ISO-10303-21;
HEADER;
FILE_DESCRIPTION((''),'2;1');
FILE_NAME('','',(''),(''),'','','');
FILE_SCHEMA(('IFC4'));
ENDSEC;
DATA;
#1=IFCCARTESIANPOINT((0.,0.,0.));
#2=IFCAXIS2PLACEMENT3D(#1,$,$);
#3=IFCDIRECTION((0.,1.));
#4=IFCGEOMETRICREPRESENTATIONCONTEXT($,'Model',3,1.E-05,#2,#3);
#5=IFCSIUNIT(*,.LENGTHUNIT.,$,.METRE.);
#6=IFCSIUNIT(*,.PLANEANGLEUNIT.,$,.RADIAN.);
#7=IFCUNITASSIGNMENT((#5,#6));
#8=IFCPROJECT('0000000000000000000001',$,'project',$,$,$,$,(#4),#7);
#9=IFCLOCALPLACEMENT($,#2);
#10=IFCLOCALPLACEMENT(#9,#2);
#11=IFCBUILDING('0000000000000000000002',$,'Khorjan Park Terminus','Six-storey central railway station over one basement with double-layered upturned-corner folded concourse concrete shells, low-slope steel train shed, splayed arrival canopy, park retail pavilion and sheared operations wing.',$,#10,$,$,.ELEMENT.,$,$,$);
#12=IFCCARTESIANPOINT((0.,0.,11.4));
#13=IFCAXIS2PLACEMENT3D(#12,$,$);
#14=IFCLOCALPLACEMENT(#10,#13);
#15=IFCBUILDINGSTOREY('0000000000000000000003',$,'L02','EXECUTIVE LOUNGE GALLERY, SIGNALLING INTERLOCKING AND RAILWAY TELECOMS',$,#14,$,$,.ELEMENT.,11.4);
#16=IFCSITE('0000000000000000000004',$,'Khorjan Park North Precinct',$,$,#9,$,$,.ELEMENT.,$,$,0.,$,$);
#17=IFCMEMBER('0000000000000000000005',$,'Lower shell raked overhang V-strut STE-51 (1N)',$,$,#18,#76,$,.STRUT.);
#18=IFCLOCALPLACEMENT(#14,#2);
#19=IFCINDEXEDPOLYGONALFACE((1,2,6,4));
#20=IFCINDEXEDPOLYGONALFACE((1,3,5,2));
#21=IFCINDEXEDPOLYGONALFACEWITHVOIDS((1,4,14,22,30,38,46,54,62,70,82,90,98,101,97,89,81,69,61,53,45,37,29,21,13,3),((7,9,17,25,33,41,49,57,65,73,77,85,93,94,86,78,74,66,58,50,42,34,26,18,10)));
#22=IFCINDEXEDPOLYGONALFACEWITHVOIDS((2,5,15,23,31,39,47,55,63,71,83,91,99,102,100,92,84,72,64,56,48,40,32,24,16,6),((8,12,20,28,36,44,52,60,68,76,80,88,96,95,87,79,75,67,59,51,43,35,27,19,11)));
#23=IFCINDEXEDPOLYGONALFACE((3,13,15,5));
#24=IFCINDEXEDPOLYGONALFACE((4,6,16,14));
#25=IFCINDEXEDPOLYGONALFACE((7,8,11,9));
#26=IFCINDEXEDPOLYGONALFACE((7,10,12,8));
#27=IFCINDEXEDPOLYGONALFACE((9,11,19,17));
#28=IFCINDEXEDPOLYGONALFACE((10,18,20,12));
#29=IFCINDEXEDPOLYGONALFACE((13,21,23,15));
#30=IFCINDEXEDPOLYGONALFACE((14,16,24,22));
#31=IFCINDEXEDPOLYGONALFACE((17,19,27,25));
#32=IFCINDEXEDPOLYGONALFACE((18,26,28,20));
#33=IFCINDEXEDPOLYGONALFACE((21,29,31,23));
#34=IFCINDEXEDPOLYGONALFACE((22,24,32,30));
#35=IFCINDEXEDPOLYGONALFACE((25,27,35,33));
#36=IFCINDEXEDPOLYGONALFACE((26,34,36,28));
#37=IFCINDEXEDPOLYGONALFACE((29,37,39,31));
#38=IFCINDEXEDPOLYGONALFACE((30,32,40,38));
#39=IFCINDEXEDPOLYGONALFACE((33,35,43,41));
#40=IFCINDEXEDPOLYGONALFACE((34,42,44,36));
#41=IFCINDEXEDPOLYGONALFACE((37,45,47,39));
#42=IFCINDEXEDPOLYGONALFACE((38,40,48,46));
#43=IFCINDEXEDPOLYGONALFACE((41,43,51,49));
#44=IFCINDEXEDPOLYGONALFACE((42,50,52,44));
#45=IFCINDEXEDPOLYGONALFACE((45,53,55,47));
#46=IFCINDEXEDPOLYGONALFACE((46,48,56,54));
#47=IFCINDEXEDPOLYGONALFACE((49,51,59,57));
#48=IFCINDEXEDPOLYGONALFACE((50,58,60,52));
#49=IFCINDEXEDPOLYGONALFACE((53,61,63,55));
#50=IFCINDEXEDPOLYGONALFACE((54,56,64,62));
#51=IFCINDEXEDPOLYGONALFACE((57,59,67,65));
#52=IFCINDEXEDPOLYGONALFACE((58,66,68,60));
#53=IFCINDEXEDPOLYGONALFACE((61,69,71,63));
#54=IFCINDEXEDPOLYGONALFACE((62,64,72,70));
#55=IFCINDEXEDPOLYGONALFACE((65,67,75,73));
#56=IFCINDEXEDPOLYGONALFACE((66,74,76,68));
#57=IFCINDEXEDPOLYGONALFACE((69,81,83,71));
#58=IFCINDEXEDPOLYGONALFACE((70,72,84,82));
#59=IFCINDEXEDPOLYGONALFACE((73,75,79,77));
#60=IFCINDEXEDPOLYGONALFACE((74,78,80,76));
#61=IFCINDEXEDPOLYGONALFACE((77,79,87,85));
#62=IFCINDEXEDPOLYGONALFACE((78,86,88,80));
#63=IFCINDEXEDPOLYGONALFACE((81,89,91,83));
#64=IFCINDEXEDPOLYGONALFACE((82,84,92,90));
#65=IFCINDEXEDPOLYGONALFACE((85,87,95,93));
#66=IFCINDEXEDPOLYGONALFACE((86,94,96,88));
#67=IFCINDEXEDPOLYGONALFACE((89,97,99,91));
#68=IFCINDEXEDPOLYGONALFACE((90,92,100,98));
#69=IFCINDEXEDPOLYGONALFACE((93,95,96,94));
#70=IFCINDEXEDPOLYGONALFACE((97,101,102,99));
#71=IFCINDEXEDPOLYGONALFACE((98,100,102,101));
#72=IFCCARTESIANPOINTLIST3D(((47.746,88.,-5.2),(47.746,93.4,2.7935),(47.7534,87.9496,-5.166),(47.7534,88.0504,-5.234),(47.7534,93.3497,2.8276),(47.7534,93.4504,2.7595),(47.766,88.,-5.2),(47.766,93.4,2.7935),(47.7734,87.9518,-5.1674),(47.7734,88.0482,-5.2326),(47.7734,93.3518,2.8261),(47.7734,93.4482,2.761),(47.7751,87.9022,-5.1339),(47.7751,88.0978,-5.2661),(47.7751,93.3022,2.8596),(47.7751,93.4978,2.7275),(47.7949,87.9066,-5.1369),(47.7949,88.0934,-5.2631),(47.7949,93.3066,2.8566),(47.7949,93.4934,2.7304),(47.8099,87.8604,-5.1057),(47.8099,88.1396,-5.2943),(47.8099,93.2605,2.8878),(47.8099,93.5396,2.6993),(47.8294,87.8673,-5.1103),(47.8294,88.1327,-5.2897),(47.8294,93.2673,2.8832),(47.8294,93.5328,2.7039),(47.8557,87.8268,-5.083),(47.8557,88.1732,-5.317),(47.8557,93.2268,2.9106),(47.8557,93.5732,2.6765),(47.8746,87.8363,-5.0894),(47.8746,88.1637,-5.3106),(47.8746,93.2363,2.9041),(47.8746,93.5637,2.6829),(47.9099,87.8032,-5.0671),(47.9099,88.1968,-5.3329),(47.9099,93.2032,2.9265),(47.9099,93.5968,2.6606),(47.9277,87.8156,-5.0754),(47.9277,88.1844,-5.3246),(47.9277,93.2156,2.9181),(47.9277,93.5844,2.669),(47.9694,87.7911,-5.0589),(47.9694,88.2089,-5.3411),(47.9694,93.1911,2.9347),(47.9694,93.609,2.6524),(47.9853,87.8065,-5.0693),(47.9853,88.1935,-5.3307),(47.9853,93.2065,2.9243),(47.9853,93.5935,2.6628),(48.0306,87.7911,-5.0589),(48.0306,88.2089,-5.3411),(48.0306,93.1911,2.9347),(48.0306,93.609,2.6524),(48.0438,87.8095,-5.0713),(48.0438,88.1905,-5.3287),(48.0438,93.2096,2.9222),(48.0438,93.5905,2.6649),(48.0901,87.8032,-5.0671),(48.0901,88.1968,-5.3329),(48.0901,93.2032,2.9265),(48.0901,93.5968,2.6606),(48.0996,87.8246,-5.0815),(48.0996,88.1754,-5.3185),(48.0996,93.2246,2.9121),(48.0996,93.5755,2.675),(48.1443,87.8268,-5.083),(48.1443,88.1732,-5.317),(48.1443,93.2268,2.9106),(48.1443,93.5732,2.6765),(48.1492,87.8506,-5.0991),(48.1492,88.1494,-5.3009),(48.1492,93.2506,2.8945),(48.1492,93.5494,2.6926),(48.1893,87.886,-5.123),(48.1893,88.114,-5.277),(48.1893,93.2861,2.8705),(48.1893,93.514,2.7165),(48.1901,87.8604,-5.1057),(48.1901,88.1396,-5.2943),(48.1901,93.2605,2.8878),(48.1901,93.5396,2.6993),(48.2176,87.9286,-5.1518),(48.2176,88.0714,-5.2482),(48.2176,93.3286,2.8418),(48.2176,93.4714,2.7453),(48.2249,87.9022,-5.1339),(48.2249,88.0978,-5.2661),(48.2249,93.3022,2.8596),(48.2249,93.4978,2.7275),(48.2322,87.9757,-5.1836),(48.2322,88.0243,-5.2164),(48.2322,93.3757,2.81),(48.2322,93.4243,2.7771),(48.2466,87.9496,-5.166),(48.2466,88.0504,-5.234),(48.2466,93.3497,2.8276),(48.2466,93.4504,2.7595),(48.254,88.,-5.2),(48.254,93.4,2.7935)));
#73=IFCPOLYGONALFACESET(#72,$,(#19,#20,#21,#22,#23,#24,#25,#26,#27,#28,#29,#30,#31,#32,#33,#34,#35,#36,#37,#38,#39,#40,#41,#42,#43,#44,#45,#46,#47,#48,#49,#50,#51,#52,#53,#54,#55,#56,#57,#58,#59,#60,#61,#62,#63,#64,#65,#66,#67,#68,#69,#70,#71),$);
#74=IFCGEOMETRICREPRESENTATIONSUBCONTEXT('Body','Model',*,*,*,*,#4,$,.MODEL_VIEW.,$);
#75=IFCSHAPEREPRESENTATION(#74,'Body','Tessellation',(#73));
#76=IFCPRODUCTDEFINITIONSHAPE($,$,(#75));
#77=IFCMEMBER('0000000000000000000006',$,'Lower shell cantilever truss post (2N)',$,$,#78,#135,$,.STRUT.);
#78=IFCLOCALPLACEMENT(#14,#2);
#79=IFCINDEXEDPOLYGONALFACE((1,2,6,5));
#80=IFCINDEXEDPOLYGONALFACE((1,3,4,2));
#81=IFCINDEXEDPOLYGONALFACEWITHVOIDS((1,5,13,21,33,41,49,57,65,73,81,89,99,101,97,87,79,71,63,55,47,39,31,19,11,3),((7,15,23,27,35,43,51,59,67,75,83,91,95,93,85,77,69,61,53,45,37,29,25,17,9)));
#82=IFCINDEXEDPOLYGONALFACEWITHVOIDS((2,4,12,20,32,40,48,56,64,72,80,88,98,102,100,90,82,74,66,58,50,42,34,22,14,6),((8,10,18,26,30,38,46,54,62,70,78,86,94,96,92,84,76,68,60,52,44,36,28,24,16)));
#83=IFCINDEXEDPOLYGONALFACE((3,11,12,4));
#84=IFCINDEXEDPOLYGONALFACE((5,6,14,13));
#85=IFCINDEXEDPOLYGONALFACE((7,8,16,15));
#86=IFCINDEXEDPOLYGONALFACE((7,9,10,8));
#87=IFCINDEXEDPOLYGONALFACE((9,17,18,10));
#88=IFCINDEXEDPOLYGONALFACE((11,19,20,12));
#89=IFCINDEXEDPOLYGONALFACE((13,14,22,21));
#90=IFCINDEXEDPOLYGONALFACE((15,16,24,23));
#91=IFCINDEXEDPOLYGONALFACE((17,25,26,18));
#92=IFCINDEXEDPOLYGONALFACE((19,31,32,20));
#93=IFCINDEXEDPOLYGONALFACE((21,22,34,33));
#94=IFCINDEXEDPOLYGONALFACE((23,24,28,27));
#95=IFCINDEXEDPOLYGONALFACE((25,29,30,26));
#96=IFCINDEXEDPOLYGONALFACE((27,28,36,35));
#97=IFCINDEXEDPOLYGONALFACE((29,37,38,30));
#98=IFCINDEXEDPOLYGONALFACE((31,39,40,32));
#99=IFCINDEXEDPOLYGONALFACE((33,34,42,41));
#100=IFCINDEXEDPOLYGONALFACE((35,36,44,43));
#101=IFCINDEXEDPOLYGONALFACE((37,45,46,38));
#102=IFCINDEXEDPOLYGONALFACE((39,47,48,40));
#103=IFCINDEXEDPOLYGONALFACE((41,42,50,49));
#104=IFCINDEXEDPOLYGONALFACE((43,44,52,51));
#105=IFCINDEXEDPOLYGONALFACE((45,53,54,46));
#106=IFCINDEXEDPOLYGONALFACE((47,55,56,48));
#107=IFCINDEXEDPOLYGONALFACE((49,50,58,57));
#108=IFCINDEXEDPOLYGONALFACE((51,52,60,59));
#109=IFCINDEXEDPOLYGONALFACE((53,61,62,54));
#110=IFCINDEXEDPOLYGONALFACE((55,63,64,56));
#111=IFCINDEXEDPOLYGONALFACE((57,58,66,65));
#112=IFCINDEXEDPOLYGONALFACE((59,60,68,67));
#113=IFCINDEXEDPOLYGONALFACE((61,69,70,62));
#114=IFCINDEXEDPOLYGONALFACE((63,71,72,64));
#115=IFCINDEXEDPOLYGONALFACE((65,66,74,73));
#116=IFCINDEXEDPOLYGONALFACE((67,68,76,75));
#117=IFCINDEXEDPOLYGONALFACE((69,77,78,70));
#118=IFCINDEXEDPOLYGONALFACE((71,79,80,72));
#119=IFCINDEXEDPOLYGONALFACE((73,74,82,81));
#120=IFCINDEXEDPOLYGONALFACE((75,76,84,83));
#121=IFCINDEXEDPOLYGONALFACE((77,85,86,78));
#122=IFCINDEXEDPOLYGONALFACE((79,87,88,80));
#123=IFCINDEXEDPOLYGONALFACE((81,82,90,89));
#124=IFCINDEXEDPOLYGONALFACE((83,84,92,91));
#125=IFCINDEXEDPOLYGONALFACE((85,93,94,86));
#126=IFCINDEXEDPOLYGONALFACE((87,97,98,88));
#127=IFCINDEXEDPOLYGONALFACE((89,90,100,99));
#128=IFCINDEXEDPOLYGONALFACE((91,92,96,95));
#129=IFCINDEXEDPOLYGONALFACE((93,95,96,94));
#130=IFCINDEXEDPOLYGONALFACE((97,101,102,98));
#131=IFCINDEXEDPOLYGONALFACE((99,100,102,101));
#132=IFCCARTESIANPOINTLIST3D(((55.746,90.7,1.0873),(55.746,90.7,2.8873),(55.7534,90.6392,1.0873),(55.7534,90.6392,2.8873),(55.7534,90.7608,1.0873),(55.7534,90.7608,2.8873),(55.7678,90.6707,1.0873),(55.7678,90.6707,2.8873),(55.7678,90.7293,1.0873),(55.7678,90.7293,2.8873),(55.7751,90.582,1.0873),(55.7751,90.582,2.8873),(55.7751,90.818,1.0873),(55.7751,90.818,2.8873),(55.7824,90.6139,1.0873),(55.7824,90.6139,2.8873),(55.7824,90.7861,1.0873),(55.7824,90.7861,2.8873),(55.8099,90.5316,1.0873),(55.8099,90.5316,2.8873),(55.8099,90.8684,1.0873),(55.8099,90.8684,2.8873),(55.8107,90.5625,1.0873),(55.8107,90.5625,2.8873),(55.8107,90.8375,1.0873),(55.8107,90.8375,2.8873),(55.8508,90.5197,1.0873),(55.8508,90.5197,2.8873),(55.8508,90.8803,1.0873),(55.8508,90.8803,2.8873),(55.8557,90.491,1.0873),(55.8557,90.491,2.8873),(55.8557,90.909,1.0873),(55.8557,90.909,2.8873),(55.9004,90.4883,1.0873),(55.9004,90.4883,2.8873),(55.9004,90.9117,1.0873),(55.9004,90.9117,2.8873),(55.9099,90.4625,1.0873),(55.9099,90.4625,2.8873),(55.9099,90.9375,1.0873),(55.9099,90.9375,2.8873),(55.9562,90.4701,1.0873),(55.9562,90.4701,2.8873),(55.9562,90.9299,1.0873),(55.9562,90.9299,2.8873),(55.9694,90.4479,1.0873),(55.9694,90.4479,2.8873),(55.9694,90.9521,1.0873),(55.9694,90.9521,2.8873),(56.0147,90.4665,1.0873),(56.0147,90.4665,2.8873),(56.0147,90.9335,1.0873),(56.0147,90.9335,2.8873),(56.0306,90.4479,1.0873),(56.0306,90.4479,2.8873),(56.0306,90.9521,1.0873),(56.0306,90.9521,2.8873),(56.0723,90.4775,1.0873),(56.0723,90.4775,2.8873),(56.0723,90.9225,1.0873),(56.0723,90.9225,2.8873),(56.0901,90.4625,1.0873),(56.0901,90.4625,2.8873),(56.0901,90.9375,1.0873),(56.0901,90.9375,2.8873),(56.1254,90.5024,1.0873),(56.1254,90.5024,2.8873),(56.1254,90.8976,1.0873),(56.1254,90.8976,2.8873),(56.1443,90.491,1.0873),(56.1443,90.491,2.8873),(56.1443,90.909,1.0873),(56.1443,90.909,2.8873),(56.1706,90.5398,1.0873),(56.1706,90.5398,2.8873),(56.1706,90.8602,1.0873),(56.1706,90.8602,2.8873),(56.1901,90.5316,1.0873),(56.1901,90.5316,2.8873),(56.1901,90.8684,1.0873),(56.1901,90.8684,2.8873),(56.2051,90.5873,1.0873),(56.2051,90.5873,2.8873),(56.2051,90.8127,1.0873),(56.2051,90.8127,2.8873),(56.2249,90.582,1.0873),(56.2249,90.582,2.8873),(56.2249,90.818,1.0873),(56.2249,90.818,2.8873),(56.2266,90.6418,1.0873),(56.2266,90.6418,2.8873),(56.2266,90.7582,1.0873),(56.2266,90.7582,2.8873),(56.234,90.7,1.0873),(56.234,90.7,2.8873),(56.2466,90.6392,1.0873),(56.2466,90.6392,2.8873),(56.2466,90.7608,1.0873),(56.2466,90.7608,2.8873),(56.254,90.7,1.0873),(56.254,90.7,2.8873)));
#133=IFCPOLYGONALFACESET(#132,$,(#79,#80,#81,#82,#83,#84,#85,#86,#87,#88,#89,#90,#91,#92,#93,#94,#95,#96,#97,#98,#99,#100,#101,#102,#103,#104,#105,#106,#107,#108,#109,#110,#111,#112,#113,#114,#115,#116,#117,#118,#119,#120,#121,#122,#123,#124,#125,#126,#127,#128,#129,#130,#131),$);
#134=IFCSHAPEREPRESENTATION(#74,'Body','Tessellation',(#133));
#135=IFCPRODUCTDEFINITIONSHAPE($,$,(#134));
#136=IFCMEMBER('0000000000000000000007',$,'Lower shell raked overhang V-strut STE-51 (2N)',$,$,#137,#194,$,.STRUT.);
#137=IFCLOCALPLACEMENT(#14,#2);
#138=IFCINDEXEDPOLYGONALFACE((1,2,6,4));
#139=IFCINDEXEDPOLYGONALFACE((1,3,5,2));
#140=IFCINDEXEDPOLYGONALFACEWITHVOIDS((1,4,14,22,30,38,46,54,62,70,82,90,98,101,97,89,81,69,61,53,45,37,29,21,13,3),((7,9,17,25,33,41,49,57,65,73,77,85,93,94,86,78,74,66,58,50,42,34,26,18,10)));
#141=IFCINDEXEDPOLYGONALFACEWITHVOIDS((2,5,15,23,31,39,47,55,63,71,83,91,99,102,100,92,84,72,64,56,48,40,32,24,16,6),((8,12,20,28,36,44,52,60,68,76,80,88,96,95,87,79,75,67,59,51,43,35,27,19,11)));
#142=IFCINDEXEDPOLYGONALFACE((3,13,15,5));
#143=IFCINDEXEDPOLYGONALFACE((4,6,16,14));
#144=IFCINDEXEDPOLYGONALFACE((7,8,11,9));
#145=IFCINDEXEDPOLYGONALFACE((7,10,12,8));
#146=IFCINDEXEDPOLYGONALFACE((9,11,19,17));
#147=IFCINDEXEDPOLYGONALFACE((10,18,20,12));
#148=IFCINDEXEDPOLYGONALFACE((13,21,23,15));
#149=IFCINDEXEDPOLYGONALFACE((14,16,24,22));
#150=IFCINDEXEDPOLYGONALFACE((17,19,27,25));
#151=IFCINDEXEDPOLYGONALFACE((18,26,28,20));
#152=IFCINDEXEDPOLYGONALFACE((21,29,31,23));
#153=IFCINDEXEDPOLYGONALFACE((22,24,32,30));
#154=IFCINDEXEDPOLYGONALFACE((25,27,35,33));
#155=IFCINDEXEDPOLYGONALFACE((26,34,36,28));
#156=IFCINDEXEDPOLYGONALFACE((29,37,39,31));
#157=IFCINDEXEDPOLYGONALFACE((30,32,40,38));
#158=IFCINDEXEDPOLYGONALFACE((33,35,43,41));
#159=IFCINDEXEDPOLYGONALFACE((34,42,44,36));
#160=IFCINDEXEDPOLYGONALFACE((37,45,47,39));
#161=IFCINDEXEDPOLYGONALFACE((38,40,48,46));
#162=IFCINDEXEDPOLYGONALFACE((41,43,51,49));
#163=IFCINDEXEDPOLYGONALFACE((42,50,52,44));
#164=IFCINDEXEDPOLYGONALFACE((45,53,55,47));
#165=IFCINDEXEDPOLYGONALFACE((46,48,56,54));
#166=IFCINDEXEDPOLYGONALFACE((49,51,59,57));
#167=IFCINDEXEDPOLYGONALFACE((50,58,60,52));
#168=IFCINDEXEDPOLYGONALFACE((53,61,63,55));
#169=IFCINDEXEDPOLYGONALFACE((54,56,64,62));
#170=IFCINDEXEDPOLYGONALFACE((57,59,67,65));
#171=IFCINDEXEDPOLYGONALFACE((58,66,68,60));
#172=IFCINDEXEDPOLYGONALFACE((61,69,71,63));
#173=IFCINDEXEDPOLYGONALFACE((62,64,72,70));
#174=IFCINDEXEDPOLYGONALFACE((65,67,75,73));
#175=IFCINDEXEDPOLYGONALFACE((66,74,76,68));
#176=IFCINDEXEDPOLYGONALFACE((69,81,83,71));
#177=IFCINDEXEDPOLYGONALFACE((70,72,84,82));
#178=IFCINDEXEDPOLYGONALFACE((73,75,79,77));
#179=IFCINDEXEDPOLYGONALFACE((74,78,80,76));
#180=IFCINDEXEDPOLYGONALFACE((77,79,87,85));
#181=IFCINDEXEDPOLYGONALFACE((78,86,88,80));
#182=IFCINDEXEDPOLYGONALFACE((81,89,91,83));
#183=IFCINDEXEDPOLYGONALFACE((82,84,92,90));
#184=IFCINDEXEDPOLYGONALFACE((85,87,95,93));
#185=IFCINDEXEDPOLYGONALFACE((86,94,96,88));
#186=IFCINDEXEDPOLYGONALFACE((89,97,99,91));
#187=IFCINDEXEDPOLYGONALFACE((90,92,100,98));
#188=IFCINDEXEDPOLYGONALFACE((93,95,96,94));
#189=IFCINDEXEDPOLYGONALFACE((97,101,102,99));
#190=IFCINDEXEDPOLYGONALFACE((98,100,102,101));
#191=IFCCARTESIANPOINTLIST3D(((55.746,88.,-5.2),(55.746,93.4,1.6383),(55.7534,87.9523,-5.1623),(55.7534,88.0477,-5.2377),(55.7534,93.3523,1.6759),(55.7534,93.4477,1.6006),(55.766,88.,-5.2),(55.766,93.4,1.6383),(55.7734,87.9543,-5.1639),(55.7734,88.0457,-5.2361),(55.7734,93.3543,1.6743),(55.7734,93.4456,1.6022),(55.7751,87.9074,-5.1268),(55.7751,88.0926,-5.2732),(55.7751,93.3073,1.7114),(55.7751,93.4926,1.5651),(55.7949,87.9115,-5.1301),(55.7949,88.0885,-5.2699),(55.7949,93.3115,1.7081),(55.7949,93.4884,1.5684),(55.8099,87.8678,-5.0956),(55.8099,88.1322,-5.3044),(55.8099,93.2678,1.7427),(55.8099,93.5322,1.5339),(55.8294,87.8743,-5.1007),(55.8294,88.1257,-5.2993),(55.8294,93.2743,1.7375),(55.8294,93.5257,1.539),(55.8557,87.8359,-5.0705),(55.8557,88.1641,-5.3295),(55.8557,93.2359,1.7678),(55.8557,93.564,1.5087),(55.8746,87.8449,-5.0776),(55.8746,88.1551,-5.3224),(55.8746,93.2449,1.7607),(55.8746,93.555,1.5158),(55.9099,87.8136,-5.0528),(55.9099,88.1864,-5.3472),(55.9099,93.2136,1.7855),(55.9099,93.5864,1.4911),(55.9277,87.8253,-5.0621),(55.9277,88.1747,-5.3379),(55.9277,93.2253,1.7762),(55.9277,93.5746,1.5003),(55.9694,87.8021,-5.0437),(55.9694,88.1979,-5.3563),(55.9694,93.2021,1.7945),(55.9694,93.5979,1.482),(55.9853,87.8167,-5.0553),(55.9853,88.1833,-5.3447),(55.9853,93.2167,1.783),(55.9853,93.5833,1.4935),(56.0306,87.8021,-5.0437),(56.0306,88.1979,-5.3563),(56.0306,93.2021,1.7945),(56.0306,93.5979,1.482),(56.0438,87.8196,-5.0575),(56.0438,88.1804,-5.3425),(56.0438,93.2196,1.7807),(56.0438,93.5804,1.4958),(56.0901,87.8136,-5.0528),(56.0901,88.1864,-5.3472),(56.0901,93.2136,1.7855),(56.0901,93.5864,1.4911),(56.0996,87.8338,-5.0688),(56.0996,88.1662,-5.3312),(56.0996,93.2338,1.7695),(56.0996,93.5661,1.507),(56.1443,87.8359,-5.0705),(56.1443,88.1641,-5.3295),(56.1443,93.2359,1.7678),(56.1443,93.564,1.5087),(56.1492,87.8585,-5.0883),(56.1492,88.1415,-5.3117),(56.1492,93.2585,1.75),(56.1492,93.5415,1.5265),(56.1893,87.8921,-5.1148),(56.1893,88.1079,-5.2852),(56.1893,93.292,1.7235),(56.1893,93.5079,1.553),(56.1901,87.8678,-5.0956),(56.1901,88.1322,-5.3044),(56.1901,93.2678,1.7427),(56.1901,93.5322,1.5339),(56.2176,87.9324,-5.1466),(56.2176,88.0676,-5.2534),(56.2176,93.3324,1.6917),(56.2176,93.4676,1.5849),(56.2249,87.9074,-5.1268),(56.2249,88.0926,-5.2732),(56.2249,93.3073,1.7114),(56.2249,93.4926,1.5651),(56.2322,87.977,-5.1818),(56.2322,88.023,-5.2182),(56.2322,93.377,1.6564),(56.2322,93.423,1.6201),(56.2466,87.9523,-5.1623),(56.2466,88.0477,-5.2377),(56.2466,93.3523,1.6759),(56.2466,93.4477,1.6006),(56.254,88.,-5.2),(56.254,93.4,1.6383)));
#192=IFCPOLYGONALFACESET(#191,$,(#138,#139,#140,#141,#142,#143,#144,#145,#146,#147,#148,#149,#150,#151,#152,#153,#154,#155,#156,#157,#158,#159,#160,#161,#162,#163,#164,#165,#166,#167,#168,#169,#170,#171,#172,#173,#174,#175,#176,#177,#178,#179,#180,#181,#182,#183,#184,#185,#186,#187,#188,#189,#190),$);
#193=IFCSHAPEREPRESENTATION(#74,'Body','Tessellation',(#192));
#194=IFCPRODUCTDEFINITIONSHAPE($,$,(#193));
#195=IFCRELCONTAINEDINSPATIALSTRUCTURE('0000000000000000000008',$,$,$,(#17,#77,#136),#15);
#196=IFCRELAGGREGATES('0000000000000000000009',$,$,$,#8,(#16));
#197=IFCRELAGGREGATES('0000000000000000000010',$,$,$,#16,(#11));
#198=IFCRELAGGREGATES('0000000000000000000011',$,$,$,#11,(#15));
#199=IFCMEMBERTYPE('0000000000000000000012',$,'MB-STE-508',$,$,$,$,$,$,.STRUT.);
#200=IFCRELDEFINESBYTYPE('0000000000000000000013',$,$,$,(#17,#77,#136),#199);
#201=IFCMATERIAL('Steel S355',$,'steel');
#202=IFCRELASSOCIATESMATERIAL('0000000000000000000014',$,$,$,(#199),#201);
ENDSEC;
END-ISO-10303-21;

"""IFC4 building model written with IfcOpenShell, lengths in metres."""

from ifc_helpers import new_model, si_unit, direction, frame, origin, origin_2d, place, context, subcontext, project, spatial, hollow_circle, extrude, material, material_profile, profile_set, type_object, element, save


model = new_model("IFC4")

# Units and contexts
model_context = context("Model", 3, precision=1e-05, world=origin(), true_north=direction((0.0, 1.0)))
body_context = subcontext(model_context, "Body", "Model", "MODEL_VIEW")
ifc_project = project(units=[si_unit("LENGTHUNIT", "METRE"), si_unit("PLANEANGLEUNIT", "RADIAN")], contexts=[model_context])

# Site, building, storey
site_placement = place(None, origin())
site = spatial("IfcSite", under=ifc_project, at=site_placement, Name="Khorjan Park North Precinct", CompositionType="ELEMENT", RefElevation=0.0)
building_placement = place(site_placement, origin())
building = spatial("IfcBuilding", under=site, at=building_placement, Name="Khorjan Park Terminus", Description="Six-storey central railway station over one basement with double-layered upturned-corner folded concourse concrete shells, low-slope steel train shed, splayed arrival canopy, park retail pavilion and sheared operations wing.", CompositionType="ELEMENT")
storey_placement = place(building_placement, frame((0.0, 0.0, 11.4)))
storey = spatial("IfcBuildingStorey", under=building, at=storey_placement, Name="L02", Description="EXECUTIVE LOUNGE GALLERY, SIGNALLING INTERLOCKING AND RAILWAY TELECOMS", CompositionType="ELEMENT", Elevation=11.4)

# Members
ifc_material_1 = material(Name="Steel S355", Category="steel")
ifc_material_profile_1 = material_profile(ifc_material_1, hollow_circle(Radius=0.254, WallThickness=0.02, at=origin_2d()), Name="CHS 508x20")
ifc_profile_set_1 = profile_set([ifc_material_profile_1], Name="Steel S355")
member_type_1 = type_object("IfcMemberType", Name="MB-STE-508", PredefinedType="STRUT", material=ifc_profile_set_1)
member_1_placement = place(storey_placement, frame((48.0, 88.0, -5.2), z_axis=(0.0, 0.559785, 0.828638), x_axis=(-1.0, 0.0, 0.0)))
element("IfcMember", 1, at=member_1_placement, inside=storey, type_object=member_type_1, Name="Lower shell raked overhang V-strut STE-51 (1N)", PredefinedType="STRUT", context=body_context, shape_type="SweptSolid", body=[
    extrude(hollow_circle(Radius=0.254, WallThickness=0.02, at=origin_2d()), origin(), (0.0, 0.0, 1.0), 9.6466),
])
member_2_placement = place(storey_placement, frame((56.0, 90.7, 1.0873), z_axis=(0.0, 0.0, 1.0), x_axis=(1.0, 0.0, 0.0)))
element("IfcMember", 2, at=member_2_placement, inside=storey, type_object=member_type_1, Name="Lower shell cantilever truss post (2N)", PredefinedType="STRUT", context=body_context, shape_type="SweptSolid", body=[
    extrude(hollow_circle(Radius=0.254, WallThickness=0.02, at=origin_2d()), origin(), (0.0, 0.0, 1.0), 1.8),
])
member_3_placement = place(storey_placement, frame((56.0, 88.0, -5.2), z_axis=(0.0, 0.619739, 0.784808), x_axis=(-1.0, 0.0, 0.0)))
element("IfcMember", 3, at=member_3_placement, inside=storey, type_object=member_type_1, Name="Lower shell raked overhang V-strut STE-51 (2N)", PredefinedType="STRUT", context=body_context, shape_type="SweptSolid", body=[
    extrude(hollow_circle(Radius=0.254, WallThickness=0.02, at=origin_2d()), origin(), (0.0, 0.0, 1.0), 8.7133),
])

save(model, "model.ifc")
